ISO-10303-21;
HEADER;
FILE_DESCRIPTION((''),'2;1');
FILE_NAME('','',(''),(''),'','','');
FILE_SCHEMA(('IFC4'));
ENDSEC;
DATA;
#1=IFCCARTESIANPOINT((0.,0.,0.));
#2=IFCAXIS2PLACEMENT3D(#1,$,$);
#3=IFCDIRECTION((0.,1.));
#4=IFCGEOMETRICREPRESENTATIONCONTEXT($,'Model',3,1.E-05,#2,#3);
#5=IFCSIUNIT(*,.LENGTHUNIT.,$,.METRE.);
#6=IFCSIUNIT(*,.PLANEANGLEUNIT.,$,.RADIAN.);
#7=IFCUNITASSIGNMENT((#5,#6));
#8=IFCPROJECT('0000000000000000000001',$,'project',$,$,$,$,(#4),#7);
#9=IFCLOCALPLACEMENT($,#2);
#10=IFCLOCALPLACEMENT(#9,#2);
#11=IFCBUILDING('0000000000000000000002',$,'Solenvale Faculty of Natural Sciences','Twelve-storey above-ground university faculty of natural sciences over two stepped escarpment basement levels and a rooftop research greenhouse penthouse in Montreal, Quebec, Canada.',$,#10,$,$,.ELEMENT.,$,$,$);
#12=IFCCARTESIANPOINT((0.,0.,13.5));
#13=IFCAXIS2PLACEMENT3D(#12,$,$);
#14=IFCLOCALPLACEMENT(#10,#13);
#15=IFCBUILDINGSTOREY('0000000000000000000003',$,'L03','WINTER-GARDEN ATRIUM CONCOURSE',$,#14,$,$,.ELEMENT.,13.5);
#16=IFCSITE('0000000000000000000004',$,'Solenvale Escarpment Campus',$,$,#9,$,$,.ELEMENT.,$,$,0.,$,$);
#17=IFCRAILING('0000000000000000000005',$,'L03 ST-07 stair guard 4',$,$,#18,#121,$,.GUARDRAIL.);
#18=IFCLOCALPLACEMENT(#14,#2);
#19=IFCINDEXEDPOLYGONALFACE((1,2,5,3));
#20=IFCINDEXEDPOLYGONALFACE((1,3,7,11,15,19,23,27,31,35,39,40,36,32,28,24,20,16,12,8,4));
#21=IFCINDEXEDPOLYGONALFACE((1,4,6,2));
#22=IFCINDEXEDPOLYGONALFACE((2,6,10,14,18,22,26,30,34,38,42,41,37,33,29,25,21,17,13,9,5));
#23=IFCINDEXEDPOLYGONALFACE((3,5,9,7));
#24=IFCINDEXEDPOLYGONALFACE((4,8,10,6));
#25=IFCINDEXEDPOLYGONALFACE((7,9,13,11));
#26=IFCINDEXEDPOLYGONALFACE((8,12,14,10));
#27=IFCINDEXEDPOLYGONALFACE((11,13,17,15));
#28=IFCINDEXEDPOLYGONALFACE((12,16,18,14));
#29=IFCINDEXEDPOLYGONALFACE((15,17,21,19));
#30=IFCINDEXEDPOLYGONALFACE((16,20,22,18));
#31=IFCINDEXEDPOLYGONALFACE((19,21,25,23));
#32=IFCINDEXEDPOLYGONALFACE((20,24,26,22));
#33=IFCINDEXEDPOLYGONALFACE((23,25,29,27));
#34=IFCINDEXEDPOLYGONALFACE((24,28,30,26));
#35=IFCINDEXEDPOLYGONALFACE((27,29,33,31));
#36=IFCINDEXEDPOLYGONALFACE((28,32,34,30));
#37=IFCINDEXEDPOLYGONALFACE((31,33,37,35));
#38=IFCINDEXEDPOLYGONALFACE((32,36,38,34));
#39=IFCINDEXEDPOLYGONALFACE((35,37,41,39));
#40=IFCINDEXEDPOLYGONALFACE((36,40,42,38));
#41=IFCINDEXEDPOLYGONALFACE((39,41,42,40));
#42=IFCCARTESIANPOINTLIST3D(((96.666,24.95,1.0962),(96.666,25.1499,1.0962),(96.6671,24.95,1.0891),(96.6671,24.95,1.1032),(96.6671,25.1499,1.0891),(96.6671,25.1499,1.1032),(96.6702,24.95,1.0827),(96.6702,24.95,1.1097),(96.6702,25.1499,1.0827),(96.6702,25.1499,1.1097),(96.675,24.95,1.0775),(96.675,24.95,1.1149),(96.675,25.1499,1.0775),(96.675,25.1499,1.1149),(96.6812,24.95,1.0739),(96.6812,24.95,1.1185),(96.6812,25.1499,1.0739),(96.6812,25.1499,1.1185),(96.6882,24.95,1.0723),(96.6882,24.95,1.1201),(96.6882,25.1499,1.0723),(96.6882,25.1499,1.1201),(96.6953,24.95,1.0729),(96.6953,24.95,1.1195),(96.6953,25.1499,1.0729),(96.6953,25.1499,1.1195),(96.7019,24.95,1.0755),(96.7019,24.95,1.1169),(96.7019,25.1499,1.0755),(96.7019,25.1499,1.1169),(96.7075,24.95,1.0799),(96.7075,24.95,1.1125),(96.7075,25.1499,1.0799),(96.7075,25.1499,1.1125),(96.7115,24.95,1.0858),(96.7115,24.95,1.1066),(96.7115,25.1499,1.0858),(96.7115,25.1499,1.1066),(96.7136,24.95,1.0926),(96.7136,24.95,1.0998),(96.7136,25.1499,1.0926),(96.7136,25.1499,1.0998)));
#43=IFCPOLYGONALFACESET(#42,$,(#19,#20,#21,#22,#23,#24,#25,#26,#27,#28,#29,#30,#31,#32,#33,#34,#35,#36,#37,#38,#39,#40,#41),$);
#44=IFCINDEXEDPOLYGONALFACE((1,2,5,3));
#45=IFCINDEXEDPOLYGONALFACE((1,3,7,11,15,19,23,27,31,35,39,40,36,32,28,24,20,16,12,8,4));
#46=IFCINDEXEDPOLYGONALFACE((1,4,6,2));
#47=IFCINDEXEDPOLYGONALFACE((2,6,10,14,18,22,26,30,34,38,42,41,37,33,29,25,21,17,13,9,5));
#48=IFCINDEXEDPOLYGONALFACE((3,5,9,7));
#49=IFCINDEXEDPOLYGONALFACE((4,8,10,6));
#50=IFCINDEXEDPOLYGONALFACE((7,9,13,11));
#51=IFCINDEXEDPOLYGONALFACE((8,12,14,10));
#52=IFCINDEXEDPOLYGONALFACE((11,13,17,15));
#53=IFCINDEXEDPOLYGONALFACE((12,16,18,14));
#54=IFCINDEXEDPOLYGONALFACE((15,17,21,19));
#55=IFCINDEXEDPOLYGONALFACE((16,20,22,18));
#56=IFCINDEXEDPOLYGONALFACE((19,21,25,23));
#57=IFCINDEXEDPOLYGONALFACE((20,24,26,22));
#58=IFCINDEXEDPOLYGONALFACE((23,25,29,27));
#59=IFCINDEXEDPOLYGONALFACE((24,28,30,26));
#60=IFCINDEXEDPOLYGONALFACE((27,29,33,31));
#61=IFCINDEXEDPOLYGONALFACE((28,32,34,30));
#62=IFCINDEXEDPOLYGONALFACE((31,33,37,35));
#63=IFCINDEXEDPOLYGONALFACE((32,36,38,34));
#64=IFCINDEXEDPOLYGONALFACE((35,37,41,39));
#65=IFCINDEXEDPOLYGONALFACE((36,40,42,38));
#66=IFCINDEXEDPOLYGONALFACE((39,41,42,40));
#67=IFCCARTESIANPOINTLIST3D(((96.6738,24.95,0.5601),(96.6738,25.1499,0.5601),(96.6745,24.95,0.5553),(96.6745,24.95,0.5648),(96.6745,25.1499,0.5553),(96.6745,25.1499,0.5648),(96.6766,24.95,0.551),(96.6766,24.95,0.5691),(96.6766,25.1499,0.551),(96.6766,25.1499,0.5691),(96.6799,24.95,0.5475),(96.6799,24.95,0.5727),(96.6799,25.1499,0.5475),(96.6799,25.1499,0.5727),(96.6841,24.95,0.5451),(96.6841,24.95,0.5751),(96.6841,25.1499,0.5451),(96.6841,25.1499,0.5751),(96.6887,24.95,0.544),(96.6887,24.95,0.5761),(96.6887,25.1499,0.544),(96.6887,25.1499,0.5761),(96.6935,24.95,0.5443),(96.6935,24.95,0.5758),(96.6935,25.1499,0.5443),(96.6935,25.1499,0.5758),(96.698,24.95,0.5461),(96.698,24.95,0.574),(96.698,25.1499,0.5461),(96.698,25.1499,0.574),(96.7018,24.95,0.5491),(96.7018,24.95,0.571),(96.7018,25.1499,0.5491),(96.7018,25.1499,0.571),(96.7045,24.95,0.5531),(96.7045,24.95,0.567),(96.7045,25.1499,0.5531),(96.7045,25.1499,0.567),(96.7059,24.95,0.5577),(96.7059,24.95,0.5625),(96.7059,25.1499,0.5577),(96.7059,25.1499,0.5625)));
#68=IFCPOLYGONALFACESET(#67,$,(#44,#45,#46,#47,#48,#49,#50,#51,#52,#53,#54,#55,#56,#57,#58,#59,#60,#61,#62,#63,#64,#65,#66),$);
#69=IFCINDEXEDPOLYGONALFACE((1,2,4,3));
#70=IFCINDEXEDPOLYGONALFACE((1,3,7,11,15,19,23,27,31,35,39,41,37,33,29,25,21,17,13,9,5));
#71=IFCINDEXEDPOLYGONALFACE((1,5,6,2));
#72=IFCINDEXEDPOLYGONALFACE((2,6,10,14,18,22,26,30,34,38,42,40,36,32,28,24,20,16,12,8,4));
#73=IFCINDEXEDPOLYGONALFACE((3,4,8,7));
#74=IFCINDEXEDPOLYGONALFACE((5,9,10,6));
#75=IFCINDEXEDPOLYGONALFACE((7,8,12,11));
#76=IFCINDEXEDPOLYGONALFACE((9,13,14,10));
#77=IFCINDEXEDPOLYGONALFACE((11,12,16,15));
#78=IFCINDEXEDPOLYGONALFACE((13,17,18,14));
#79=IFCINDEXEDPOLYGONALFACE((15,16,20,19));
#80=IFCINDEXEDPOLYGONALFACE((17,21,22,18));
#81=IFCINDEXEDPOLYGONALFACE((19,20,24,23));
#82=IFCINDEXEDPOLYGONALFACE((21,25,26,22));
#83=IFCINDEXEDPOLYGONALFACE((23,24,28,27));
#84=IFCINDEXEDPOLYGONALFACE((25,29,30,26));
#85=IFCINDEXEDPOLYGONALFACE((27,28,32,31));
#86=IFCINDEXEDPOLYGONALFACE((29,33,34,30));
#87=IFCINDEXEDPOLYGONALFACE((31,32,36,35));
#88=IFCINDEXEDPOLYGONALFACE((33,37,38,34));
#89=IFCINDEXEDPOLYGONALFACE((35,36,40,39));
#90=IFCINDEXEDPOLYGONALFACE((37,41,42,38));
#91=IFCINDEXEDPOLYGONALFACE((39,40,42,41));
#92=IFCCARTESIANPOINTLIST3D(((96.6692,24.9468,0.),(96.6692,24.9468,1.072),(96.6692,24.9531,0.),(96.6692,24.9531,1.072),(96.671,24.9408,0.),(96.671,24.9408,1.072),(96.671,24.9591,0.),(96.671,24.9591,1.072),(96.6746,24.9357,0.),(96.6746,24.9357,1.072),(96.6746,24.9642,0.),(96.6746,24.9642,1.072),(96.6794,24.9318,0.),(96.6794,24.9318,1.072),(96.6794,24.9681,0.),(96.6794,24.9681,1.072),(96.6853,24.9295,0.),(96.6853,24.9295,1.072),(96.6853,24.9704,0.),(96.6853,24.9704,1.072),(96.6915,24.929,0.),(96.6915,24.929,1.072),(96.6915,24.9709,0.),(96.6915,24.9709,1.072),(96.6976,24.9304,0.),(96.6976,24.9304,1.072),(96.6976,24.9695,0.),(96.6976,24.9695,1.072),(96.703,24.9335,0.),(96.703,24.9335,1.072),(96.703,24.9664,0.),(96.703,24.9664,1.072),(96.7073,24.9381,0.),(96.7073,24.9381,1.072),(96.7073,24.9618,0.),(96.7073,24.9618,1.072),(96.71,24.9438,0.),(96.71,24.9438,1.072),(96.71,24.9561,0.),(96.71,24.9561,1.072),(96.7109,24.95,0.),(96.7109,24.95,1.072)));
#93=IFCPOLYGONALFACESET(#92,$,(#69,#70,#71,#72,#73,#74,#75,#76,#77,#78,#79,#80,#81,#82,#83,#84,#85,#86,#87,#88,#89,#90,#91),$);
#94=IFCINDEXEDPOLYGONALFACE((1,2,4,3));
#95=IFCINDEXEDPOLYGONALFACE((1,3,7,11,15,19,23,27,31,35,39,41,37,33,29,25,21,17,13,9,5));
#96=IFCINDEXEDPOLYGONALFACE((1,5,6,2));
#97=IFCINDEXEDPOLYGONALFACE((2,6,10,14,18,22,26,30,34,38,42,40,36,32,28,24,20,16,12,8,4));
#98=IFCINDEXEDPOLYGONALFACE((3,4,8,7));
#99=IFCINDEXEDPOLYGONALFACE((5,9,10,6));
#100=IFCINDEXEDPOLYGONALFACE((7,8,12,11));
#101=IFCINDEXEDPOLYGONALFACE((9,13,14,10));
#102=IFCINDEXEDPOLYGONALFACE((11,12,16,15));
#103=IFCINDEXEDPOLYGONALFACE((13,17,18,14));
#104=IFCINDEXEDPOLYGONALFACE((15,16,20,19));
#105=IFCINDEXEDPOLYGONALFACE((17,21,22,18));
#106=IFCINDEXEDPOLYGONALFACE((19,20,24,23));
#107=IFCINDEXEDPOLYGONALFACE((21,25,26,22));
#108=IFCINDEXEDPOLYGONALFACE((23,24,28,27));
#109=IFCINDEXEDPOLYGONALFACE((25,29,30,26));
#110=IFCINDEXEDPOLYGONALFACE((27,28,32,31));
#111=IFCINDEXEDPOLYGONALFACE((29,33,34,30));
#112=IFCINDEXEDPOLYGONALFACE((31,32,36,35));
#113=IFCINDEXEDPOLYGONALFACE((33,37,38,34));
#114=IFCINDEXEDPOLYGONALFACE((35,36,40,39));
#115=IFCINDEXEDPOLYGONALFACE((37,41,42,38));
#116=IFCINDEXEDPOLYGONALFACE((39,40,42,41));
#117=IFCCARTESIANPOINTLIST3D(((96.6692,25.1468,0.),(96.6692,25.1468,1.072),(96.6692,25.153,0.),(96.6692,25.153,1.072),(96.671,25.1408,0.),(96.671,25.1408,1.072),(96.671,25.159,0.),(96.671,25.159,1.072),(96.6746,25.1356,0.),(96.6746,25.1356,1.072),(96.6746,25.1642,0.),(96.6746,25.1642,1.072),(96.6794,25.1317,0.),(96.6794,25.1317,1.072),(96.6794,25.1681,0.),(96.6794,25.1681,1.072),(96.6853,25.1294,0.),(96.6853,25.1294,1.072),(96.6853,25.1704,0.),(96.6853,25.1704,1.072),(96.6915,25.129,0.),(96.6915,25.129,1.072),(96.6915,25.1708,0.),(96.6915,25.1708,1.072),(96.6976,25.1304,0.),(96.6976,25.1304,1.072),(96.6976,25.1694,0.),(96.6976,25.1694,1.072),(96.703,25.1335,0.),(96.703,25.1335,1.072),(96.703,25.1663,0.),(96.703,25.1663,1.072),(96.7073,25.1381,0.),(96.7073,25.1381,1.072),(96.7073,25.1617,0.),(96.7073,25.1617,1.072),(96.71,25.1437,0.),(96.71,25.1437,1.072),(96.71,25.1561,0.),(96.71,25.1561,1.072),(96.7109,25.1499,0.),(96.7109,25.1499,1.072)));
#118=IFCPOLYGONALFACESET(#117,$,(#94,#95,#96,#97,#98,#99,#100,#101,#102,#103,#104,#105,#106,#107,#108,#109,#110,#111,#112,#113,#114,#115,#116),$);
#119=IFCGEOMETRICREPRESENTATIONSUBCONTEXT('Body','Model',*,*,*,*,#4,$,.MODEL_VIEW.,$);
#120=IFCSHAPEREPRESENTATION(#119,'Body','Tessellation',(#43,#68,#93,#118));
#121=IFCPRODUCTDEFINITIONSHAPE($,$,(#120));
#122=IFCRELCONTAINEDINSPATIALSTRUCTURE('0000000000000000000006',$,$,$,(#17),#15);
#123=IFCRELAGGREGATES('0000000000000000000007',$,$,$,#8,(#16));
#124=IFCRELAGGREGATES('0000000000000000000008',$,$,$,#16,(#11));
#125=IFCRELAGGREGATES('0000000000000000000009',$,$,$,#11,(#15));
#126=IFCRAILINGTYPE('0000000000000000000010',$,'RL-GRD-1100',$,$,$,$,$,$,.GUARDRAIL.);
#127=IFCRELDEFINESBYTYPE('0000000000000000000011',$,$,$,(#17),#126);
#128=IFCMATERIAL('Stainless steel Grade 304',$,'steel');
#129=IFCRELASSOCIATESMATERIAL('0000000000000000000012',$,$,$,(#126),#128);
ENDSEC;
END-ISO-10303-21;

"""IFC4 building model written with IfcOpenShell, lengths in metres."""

from ifc_helpers import new_model, si_unit, direction, frame, origin, origin_2d, place, context, subcontext, project, spatial, circle, extrude, material, type_object, element, save


model = new_model("IFC4")

# Units and contexts
model_context = context("Model", 3, precision=1e-05, world=origin(), true_north=direction((0.0, 1.0)))
body_context = subcontext(model_context, "Body", "Model", "MODEL_VIEW")
ifc_project = project(units=[si_unit("LENGTHUNIT", "METRE"), si_unit("PLANEANGLEUNIT", "RADIAN")], contexts=[model_context])

# Site, building, storey
site_placement = place(None, origin())
site = spatial("IfcSite", under=ifc_project, at=site_placement, Name="Solenvale Escarpment Campus", CompositionType="ELEMENT", RefElevation=0.0)
building_placement = place(site_placement, origin())
building = spatial("IfcBuilding", under=site, at=building_placement, Name="Solenvale Faculty of Natural Sciences", Description="Twelve-storey above-ground university faculty of natural sciences over two stepped escarpment basement levels and a rooftop research greenhouse penthouse in Montreal, Quebec, Canada.", CompositionType="ELEMENT")
storey_placement = place(building_placement, frame((0.0, 0.0, 13.5)))
storey = spatial("IfcBuildingStorey", under=building, at=storey_placement, Name="L03", Description="WINTER-GARDEN ATRIUM CONCOURSE", CompositionType="ELEMENT", Elevation=13.5)

# Railing
ifc_material_1 = material(Name="Stainless steel Grade 304", Category="steel")
railing_type_1 = type_object("IfcRailingType", Name="RL-GRD-1100", PredefinedType="GUARDRAIL", material=ifc_material_1)
railing_1_placement = place(storey_placement, frame((96.6899, 24.95, 0.0)))
element("IfcRailing", 1, at=railing_1_placement, inside=storey, type_object=railing_type_1, Name="L03 ST-07 stair guard 4", PredefinedType="GUARDRAIL", context=body_context, shape_type="SweptSolid", body=[
    extrude(circle(Radius=0.0239, at=origin_2d()), frame((0.0, 0.0, 1.0962), z_axis=(0.0, 1.0, 0.0), x_axis=(-1.0, 0.0, 0.0)), (0.0, 0.0, 1.0), 0.2),
    extrude(circle(Radius=0.0161, at=origin_2d()), frame((0.0, 0.0, 0.5601), z_axis=(0.0, 1.0, 0.0), x_axis=(-1.0, 0.0, 0.0)), (0.0, 0.0, 1.0), 0.2),
    extrude(circle(Radius=0.021, at=origin_2d()), origin(), (0.0, 0.0, 1.0), 1.072),
    extrude(circle(Radius=0.021, at=origin_2d()), frame((0.0, 0.2, 0.0)), (0.0, 0.0, 1.0), 1.072),
])

save(model, "model.ifc")
